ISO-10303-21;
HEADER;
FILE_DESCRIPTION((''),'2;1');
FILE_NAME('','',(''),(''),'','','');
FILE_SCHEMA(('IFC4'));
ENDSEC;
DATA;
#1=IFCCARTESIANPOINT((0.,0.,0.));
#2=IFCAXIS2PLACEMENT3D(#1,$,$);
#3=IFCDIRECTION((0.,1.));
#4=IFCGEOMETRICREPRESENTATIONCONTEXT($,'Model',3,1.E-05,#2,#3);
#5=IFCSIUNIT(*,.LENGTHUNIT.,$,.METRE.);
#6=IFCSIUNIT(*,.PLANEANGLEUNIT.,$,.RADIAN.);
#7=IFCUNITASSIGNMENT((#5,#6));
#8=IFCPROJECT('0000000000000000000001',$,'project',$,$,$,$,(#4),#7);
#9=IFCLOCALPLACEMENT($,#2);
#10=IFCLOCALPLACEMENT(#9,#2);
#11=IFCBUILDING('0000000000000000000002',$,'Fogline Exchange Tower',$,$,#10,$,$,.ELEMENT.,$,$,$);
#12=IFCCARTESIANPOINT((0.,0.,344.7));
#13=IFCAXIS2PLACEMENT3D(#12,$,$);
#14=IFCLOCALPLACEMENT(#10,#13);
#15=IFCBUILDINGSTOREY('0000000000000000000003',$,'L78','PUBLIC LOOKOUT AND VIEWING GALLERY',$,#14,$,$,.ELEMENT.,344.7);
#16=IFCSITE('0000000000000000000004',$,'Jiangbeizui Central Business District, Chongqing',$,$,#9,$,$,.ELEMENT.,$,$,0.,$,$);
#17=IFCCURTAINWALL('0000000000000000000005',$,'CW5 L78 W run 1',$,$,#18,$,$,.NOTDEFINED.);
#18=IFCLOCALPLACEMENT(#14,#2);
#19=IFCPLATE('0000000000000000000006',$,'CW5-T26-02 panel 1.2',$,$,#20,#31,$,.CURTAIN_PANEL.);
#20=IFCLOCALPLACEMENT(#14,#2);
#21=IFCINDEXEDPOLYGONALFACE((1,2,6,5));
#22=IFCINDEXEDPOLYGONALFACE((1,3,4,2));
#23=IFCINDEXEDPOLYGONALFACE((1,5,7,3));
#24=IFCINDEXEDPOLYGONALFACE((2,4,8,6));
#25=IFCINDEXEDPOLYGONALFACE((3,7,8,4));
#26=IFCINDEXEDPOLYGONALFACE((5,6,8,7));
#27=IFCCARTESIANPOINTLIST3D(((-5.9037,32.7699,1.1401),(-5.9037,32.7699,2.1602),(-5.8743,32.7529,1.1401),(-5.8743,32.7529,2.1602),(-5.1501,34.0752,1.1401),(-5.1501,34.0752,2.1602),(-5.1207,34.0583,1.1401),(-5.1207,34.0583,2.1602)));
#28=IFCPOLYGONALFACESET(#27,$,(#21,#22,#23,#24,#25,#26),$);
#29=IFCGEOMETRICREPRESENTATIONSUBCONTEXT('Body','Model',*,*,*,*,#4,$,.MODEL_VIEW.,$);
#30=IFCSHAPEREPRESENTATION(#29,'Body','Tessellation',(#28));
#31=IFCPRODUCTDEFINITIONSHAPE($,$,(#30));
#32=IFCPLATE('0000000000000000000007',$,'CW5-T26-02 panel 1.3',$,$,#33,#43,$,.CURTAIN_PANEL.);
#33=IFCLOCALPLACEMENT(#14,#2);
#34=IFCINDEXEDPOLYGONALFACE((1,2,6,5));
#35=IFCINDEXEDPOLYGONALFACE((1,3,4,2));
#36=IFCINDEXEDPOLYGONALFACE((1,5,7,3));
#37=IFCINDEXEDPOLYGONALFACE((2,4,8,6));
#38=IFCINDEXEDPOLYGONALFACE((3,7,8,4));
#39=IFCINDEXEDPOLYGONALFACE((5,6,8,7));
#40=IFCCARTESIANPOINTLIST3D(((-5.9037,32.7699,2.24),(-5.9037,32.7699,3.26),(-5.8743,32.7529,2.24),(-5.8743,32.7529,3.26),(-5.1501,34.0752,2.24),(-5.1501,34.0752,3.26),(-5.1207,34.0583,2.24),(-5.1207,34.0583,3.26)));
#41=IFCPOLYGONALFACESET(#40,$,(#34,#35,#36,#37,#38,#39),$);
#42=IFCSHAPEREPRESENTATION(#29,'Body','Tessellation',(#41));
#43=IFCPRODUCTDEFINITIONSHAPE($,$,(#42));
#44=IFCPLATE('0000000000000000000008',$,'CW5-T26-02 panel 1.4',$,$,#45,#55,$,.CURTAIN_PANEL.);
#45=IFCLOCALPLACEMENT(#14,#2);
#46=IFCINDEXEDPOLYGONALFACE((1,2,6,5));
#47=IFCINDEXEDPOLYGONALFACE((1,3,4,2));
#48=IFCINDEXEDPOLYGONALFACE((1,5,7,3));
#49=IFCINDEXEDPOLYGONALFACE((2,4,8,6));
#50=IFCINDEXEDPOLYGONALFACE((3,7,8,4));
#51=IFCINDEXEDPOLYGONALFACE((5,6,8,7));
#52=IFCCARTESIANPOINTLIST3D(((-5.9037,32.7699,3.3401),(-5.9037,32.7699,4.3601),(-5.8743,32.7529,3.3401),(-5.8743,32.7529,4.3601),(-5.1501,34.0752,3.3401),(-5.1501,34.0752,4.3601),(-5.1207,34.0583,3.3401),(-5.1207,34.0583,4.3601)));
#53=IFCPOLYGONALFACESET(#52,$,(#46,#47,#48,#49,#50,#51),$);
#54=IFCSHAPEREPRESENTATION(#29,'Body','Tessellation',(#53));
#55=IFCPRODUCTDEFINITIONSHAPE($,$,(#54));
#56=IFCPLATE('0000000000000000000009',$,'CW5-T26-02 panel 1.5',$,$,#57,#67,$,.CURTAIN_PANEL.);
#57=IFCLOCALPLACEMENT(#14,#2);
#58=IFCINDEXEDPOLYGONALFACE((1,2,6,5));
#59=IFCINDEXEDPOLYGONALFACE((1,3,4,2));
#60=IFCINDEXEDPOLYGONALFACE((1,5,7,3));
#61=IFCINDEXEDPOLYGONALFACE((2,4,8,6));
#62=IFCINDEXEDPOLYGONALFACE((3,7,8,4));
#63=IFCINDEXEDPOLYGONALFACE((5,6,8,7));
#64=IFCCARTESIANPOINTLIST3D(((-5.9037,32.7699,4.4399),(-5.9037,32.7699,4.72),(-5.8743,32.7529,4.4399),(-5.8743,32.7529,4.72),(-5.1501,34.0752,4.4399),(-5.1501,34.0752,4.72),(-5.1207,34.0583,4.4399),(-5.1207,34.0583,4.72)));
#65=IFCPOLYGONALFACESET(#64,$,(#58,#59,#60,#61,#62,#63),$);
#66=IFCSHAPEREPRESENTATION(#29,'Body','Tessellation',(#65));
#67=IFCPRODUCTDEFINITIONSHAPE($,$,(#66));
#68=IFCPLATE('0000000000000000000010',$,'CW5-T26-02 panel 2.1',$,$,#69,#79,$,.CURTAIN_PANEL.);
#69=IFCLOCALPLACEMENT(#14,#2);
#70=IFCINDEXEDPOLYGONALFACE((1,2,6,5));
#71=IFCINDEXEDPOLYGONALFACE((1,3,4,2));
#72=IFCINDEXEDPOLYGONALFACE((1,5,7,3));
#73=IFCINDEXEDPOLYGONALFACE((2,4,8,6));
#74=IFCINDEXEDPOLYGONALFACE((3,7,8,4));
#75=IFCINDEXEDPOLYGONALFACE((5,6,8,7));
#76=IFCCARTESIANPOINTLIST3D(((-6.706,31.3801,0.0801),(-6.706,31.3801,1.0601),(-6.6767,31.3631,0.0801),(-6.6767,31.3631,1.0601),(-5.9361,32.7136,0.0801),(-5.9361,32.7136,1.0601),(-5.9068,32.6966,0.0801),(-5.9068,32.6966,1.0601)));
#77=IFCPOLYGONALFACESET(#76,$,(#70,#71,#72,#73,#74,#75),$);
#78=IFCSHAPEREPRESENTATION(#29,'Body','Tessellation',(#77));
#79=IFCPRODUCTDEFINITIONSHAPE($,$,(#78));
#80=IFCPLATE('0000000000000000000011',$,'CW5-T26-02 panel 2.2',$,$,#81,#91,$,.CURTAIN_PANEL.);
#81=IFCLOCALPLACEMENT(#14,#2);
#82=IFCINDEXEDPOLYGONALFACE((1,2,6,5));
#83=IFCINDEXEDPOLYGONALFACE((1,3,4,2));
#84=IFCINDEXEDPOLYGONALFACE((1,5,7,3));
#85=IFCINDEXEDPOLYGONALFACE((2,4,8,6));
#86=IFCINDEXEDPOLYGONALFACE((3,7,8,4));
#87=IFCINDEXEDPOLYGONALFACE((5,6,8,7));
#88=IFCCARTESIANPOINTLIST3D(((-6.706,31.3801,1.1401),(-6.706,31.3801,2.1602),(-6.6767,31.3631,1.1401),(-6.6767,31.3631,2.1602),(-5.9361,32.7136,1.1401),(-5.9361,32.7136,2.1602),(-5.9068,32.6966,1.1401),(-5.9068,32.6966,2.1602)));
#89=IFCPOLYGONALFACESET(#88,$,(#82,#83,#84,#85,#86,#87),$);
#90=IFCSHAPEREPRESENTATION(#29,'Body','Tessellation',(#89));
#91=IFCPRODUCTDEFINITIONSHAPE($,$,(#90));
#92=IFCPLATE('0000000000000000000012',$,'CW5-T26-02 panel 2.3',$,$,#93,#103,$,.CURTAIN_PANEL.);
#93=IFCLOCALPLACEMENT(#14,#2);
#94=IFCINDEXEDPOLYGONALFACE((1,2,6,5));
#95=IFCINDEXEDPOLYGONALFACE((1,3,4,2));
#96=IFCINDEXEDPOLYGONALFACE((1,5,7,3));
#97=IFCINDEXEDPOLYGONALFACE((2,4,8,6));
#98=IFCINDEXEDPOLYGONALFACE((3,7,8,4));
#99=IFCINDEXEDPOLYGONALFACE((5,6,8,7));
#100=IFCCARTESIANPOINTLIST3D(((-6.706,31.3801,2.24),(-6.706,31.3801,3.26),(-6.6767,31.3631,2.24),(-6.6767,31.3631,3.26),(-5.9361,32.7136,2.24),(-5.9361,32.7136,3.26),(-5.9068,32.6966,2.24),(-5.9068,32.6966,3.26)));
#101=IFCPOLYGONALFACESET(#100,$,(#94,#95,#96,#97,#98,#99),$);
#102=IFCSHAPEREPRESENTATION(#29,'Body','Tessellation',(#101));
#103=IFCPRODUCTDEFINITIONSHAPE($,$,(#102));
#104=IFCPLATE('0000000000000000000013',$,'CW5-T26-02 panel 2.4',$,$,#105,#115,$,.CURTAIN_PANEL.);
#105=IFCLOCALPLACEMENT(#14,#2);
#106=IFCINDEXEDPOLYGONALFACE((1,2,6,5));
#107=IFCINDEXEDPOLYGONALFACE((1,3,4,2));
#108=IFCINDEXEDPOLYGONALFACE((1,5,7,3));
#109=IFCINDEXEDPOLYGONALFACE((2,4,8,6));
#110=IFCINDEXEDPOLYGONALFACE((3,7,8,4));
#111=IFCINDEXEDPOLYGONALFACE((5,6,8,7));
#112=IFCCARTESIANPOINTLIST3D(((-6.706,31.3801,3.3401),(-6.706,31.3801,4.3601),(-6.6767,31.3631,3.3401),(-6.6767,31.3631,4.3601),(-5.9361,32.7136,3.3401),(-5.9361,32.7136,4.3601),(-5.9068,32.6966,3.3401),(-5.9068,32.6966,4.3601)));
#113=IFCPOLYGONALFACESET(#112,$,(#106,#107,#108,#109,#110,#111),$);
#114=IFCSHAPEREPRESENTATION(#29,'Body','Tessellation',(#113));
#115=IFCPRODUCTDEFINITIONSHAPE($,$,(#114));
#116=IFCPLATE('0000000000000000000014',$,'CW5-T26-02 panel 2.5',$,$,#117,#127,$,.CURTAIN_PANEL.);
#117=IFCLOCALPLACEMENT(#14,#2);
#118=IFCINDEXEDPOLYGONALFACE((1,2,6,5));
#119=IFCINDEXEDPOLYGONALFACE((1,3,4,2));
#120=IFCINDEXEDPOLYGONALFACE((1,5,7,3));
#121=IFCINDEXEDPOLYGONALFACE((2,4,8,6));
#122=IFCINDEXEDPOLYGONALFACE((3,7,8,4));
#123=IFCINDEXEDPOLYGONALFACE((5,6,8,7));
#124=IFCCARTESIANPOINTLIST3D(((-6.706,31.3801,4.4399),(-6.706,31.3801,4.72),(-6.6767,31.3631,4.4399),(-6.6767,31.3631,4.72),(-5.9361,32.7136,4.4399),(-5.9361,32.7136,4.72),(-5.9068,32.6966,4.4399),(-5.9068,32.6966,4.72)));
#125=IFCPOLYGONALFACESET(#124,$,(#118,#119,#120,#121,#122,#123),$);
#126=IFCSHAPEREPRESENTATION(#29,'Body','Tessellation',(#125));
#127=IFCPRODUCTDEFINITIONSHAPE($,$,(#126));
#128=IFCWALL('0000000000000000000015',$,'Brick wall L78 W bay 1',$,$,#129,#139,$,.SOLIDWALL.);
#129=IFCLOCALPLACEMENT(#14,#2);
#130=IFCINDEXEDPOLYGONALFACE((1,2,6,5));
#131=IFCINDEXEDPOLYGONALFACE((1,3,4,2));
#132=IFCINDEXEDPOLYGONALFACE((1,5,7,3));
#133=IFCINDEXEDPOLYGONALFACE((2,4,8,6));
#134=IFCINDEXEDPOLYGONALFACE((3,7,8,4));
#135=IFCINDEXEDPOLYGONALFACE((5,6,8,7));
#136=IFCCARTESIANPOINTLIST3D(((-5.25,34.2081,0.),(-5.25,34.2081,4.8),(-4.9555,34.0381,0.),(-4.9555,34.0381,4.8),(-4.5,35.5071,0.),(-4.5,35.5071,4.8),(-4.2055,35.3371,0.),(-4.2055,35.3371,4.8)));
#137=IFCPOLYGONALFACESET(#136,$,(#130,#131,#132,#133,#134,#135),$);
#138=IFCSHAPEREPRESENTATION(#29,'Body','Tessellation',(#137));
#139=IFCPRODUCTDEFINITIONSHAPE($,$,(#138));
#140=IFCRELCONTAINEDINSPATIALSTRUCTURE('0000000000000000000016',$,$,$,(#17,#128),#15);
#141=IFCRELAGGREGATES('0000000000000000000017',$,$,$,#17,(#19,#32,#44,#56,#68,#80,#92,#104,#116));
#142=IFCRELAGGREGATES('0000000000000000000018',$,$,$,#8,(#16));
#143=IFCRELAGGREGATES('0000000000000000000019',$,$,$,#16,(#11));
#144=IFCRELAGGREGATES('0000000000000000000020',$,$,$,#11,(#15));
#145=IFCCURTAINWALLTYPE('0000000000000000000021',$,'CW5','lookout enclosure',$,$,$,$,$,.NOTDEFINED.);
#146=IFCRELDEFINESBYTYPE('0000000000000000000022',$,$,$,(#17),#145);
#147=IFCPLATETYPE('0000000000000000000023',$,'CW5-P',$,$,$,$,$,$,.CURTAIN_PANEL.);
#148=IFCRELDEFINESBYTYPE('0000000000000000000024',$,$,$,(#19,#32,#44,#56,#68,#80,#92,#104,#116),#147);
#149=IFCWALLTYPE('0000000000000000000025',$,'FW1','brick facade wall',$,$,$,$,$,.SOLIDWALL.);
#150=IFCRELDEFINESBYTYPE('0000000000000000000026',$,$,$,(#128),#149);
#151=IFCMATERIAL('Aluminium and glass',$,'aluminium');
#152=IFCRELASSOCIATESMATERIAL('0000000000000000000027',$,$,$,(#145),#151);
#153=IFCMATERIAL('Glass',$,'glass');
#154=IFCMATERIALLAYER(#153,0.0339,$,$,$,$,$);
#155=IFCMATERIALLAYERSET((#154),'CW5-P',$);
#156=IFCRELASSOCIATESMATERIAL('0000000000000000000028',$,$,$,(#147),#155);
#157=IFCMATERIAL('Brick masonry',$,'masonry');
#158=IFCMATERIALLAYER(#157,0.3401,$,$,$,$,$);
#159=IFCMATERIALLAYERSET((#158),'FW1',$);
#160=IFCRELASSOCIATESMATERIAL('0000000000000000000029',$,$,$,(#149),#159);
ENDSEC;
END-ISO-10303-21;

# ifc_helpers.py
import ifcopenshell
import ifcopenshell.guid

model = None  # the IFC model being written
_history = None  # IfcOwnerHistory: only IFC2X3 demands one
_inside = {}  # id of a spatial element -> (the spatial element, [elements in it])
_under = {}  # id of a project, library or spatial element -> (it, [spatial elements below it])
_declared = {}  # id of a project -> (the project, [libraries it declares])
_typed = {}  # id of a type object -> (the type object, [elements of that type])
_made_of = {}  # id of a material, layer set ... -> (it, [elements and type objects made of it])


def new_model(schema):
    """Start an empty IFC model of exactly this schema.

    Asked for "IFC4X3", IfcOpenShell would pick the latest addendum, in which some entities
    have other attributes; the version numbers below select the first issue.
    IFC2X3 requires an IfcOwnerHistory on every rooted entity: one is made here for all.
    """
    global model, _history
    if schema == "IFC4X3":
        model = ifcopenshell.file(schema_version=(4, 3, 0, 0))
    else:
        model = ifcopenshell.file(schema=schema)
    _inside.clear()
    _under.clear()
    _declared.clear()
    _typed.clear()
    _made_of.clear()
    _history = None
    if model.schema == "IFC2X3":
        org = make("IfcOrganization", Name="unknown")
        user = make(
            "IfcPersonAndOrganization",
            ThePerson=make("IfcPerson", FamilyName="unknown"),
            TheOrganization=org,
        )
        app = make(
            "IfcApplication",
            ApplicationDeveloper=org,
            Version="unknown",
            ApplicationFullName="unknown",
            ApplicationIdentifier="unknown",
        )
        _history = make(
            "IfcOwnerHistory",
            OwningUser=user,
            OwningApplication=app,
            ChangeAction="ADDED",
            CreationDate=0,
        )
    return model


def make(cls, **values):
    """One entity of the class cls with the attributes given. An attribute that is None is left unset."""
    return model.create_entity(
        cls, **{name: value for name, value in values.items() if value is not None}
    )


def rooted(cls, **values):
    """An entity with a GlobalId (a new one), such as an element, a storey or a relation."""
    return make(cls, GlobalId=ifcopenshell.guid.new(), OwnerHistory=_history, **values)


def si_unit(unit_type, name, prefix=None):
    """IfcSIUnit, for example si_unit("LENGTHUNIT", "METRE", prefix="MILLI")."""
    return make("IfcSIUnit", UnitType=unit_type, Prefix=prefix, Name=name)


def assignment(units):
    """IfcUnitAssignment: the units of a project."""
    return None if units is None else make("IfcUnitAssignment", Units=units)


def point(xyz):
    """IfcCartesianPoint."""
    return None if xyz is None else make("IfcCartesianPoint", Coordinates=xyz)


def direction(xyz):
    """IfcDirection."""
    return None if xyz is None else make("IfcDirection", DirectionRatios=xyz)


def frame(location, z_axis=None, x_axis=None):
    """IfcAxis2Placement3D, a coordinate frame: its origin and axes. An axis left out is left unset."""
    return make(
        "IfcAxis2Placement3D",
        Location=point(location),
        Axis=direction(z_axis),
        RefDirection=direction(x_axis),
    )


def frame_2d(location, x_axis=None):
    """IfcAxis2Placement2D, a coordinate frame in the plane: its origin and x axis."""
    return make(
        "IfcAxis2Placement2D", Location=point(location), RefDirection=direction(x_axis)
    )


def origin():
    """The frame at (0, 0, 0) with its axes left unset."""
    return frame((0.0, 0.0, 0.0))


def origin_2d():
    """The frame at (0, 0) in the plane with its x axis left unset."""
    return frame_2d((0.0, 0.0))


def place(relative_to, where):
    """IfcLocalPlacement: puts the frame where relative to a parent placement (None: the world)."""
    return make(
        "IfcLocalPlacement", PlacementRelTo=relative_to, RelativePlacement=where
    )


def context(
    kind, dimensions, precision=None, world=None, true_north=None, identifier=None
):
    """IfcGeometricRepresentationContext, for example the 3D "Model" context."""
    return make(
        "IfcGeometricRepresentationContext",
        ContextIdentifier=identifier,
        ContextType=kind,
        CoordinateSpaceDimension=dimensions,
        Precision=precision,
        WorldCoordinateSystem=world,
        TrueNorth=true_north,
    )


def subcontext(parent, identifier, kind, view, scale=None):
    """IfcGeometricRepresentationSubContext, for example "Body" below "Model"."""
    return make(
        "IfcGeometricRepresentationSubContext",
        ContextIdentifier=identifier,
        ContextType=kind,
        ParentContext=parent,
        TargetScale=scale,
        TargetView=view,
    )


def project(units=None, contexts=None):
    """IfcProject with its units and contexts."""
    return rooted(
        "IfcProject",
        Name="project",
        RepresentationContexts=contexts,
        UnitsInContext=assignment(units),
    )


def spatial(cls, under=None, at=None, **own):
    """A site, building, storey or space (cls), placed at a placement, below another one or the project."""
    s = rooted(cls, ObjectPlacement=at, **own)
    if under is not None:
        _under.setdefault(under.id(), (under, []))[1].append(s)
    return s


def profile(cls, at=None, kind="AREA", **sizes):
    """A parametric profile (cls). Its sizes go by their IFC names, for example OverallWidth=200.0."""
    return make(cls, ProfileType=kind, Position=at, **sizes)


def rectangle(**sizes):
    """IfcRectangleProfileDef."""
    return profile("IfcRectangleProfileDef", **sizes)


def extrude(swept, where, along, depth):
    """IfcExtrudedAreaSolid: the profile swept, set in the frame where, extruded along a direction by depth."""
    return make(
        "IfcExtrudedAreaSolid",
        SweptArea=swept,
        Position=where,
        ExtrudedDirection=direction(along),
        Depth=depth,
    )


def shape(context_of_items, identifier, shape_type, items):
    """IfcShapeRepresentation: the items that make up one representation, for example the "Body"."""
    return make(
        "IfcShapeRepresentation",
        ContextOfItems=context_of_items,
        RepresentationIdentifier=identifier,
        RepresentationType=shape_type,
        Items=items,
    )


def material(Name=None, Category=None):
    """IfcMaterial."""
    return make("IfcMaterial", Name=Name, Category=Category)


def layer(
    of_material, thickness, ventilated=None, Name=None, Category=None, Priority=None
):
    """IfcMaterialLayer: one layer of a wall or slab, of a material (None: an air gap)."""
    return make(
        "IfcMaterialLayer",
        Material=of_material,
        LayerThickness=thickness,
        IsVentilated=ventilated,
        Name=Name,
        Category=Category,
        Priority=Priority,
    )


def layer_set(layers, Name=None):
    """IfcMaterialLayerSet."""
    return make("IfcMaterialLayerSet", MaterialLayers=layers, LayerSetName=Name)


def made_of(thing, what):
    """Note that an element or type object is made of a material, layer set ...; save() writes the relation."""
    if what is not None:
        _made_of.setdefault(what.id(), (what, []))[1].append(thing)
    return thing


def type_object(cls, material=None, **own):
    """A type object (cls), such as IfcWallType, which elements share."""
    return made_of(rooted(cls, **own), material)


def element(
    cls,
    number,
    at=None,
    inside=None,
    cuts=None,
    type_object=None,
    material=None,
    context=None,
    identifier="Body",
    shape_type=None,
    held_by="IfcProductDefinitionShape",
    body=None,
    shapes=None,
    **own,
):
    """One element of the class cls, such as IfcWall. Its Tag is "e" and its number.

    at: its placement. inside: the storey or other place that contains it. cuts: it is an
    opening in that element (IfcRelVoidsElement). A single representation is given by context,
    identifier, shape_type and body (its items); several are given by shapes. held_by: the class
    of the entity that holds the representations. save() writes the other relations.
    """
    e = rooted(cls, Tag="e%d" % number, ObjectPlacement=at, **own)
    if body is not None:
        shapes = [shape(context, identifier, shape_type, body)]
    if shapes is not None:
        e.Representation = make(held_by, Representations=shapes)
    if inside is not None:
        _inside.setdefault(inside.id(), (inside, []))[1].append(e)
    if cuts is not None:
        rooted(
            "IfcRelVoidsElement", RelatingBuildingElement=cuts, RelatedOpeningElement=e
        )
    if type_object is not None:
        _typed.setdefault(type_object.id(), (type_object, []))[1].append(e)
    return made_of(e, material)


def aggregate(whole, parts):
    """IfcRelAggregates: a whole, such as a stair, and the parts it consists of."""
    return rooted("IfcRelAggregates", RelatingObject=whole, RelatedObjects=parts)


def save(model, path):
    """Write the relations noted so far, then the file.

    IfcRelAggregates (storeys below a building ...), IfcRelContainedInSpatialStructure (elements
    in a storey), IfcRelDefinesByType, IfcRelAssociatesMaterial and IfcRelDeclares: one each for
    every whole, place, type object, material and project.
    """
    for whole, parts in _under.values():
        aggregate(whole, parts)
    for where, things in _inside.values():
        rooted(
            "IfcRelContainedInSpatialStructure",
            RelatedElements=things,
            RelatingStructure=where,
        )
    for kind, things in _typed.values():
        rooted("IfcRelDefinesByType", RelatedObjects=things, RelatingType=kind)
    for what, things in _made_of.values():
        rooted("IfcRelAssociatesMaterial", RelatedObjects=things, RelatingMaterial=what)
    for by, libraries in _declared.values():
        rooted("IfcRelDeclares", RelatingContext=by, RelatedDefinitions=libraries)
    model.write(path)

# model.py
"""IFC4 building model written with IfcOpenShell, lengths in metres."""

from ifc_helpers import new_model, si_unit, direction, frame, frame_2d, origin, origin_2d, place, context, subcontext, project, spatial, rectangle, extrude, material, layer, layer_set, type_object, element, aggregate, save


model = new_model("IFC4")

# Units and contexts
model_context = context("Model", 3, precision=1e-05, world=origin(), true_north=direction((0.0, 1.0)))
body_context = subcontext(model_context, "Body", "Model", "MODEL_VIEW")
ifc_project = project(units=[si_unit("LENGTHUNIT", "METRE"), si_unit("PLANEANGLEUNIT", "RADIAN")], contexts=[model_context])

# Site, building, storey
site_placement = place(None, origin())
site = spatial("IfcSite", under=ifc_project, at=site_placement, Name="Jiangbeizui Central Business District, Chongqing", CompositionType="ELEMENT", RefElevation=0.0)
building_placement = place(site_placement, origin())
building = spatial("IfcBuilding", under=site, at=building_placement, Name="Fogline Exchange Tower", CompositionType="ELEMENT")
storey_placement = place(building_placement, frame((0.0, 0.0, 344.7)))
storey = spatial("IfcBuildingStorey", under=building, at=storey_placement, Name="L78", Description="PUBLIC LOOKOUT AND VIEWING GALLERY", CompositionType="ELEMENT", Elevation=344.7)

# Curtain wall, plates
ifc_material_1 = material(Name="Aluminium and glass", Category="aluminium")
curtain_wall_type = type_object("IfcCurtainWallType", Name="CW5", Description="lookout enclosure", PredefinedType="NOTDEFINED", material=ifc_material_1)
curtain_wall_placement = place(storey_placement, origin())
curtain_wall = element("IfcCurtainWall", 1, at=curtain_wall_placement, inside=storey, type_object=curtain_wall_type, Name="CW5 L78 W run 1", PredefinedType="NOTDEFINED")
ifc_material_2 = material(Name="Glass", Category="glass")
ifc_layer_1 = layer(ifc_material_2, 0.0339)
ifc_layer_set_1 = layer_set([ifc_layer_1], Name="CW5-P")
plate_type = type_object("IfcPlateType", Name="CW5-P", PredefinedType="CURTAIN_PANEL", material=ifc_layer_set_1)
plate_1_placement = place(storey_placement, frame((-5.5122, 33.4141, 1.1401), z_axis=(0.0, 0.0, 1.0), x_axis=(-0.5, -0.866025, 0.0)))
plate_1 = element("IfcPlate", 2, at=plate_1_placement, type_object=plate_type, Name="CW5-T26-02 panel 1.2", PredefinedType="CURTAIN_PANEL", context=body_context, shape_type="SweptSolid", body=[
    extrude(rectangle(XDim=1.5073, YDim=0.0339, at=origin_2d()), origin(), (0.0, 0.0, 1.0), 1.02),
])
plate_2_placement = place(storey_placement, frame((-5.5122, 33.4141, 2.24), z_axis=(0.0, 0.0, 1.0), x_axis=(-0.5, -0.866025, 0.0)))
plate_2 = element("IfcPlate", 3, at=plate_2_placement, type_object=plate_type, Name="CW5-T26-02 panel 1.3", PredefinedType="CURTAIN_PANEL", context=body_context, shape_type="SweptSolid", body=[
    extrude(rectangle(XDim=1.5073, YDim=0.0339, at=origin_2d()), origin(), (0.0, 0.0, 1.0), 1.02),
])
plate_3_placement = place(storey_placement, frame((-5.5122, 33.4141, 3.3401), z_axis=(0.0, 0.0, 1.0), x_axis=(-0.5, -0.866025, 0.0)))
plate_3 = element("IfcPlate", 4, at=plate_3_placement, type_object=plate_type, Name="CW5-T26-02 panel 1.4", PredefinedType="CURTAIN_PANEL", context=body_context, shape_type="SweptSolid", body=[
    extrude(rectangle(XDim=1.5073, YDim=0.0339, at=origin_2d()), origin(), (0.0, 0.0, 1.0), 1.02),
])
plate_4_placement = place(storey_placement, frame((-5.5122, 33.4141, 4.4399), z_axis=(0.0, 0.0, 1.0), x_axis=(-0.5, -0.866025, 0.0)))
plate_4 = element("IfcPlate", 5, at=plate_4_placement, type_object=plate_type, Name="CW5-T26-02 panel 1.5", PredefinedType="CURTAIN_PANEL", context=body_context, shape_type="SweptSolid", body=[
    extrude(rectangle(XDim=1.5073, YDim=0.0339, at=origin_2d()), origin(), (0.0, 0.0, 1.0), 0.28),
])
plate_5_placement = place(storey_placement, frame((-6.3064, 32.0383, 0.0801), z_axis=(0.0, 0.0, 1.0), x_axis=(-0.5, -0.866025, 0.0)))
plate_5 = element("IfcPlate", 6, at=plate_5_placement, type_object=plate_type, Name="CW5-T26-02 panel 2.1", PredefinedType="CURTAIN_PANEL", context=body_context, shape_type="SweptSolid", body=[
    extrude(rectangle(XDim=1.5398, YDim=0.0339, at=origin_2d()), origin(), (0.0, 0.0, 1.0), 0.98),
])
plate_6_placement = place(storey_placement, frame((-6.3064, 32.0383, 1.1401), z_axis=(0.0, 0.0, 1.0), x_axis=(-0.5, -0.866025, 0.0)))
plate_6 = element("IfcPlate", 7, at=plate_6_placement, type_object=plate_type, Name="CW5-T26-02 panel 2.2", PredefinedType="CURTAIN_PANEL", context=body_context, shape_type="SweptSolid", body=[
    extrude(rectangle(XDim=1.5398, YDim=0.0339, at=origin_2d()), origin(), (0.0, 0.0, 1.0), 1.02),
])
plate_7_placement = place(storey_placement, frame((-6.3064, 32.0383, 2.24), z_axis=(0.0, 0.0, 1.0), x_axis=(-0.5, -0.866025, 0.0)))
plate_7 = element("IfcPlate", 8, at=plate_7_placement, type_object=plate_type, Name="CW5-T26-02 panel 2.3", PredefinedType="CURTAIN_PANEL", context=body_context, shape_type="SweptSolid", body=[
    extrude(rectangle(XDim=1.5398, YDim=0.0339, at=origin_2d()), origin(), (0.0, 0.0, 1.0), 1.02),
])
plate_8_placement = place(storey_placement, frame((-6.3064, 32.0383, 3.3401), z_axis=(0.0, 0.0, 1.0), x_axis=(-0.5, -0.866025, 0.0)))
plate_8 = element("IfcPlate", 9, at=plate_8_placement, type_object=plate_type, Name="CW5-T26-02 panel 2.4", PredefinedType="CURTAIN_PANEL", context=body_context, shape_type="SweptSolid", body=[
    extrude(rectangle(XDim=1.5398, YDim=0.0339, at=origin_2d()), origin(), (0.0, 0.0, 1.0), 1.02),
])
plate_9_placement = place(storey_placement, frame((-6.3064, 32.0383, 4.4399), z_axis=(0.0, 0.0, 1.0), x_axis=(-0.5, -0.866025, 0.0)))
plate_9 = element("IfcPlate", 10, at=plate_9_placement, type_object=plate_type, Name="CW5-T26-02 panel 2.5", PredefinedType="CURTAIN_PANEL", context=body_context, shape_type="SweptSolid", body=[
    extrude(rectangle(XDim=1.5398, YDim=0.0339, at=origin_2d()), origin(), (0.0, 0.0, 1.0), 0.28),
])
aggregate(curtain_wall, [plate_1, plate_2, plate_3, plate_4, plate_5, plate_6, plate_7, plate_8, plate_9])

# Wall
ifc_material_3 = material(Name="Brick masonry", Category="masonry")
ifc_layer_2 = layer(ifc_material_3, 0.3401)
ifc_layer_set_2 = layer_set([ifc_layer_2], Name="FW1")
wall_type = type_object("IfcWallType", Name="FW1", Description="brick facade wall", PredefinedType="SOLIDWALL", material=ifc_layer_set_2)
wall_placement = place(storey_placement, frame((-4.3528, 35.4221, 0.0), z_axis=(0.0, 0.0, 1.0), x_axis=(-0.49999, -0.866031, 0.0)))
element("IfcWall", 11, at=wall_placement, inside=storey, type_object=wall_type, Name="Brick wall L78 W bay 1", PredefinedType="SOLIDWALL", context=body_context, shape_type="SweptSolid", body=[
    extrude(rectangle(XDim=1.5, YDim=0.3401, at=frame_2d((0.75, 0.0))), origin(), (0.0, 0.0, 1.0), 4.8),
])

save(model, "model.ifc")
